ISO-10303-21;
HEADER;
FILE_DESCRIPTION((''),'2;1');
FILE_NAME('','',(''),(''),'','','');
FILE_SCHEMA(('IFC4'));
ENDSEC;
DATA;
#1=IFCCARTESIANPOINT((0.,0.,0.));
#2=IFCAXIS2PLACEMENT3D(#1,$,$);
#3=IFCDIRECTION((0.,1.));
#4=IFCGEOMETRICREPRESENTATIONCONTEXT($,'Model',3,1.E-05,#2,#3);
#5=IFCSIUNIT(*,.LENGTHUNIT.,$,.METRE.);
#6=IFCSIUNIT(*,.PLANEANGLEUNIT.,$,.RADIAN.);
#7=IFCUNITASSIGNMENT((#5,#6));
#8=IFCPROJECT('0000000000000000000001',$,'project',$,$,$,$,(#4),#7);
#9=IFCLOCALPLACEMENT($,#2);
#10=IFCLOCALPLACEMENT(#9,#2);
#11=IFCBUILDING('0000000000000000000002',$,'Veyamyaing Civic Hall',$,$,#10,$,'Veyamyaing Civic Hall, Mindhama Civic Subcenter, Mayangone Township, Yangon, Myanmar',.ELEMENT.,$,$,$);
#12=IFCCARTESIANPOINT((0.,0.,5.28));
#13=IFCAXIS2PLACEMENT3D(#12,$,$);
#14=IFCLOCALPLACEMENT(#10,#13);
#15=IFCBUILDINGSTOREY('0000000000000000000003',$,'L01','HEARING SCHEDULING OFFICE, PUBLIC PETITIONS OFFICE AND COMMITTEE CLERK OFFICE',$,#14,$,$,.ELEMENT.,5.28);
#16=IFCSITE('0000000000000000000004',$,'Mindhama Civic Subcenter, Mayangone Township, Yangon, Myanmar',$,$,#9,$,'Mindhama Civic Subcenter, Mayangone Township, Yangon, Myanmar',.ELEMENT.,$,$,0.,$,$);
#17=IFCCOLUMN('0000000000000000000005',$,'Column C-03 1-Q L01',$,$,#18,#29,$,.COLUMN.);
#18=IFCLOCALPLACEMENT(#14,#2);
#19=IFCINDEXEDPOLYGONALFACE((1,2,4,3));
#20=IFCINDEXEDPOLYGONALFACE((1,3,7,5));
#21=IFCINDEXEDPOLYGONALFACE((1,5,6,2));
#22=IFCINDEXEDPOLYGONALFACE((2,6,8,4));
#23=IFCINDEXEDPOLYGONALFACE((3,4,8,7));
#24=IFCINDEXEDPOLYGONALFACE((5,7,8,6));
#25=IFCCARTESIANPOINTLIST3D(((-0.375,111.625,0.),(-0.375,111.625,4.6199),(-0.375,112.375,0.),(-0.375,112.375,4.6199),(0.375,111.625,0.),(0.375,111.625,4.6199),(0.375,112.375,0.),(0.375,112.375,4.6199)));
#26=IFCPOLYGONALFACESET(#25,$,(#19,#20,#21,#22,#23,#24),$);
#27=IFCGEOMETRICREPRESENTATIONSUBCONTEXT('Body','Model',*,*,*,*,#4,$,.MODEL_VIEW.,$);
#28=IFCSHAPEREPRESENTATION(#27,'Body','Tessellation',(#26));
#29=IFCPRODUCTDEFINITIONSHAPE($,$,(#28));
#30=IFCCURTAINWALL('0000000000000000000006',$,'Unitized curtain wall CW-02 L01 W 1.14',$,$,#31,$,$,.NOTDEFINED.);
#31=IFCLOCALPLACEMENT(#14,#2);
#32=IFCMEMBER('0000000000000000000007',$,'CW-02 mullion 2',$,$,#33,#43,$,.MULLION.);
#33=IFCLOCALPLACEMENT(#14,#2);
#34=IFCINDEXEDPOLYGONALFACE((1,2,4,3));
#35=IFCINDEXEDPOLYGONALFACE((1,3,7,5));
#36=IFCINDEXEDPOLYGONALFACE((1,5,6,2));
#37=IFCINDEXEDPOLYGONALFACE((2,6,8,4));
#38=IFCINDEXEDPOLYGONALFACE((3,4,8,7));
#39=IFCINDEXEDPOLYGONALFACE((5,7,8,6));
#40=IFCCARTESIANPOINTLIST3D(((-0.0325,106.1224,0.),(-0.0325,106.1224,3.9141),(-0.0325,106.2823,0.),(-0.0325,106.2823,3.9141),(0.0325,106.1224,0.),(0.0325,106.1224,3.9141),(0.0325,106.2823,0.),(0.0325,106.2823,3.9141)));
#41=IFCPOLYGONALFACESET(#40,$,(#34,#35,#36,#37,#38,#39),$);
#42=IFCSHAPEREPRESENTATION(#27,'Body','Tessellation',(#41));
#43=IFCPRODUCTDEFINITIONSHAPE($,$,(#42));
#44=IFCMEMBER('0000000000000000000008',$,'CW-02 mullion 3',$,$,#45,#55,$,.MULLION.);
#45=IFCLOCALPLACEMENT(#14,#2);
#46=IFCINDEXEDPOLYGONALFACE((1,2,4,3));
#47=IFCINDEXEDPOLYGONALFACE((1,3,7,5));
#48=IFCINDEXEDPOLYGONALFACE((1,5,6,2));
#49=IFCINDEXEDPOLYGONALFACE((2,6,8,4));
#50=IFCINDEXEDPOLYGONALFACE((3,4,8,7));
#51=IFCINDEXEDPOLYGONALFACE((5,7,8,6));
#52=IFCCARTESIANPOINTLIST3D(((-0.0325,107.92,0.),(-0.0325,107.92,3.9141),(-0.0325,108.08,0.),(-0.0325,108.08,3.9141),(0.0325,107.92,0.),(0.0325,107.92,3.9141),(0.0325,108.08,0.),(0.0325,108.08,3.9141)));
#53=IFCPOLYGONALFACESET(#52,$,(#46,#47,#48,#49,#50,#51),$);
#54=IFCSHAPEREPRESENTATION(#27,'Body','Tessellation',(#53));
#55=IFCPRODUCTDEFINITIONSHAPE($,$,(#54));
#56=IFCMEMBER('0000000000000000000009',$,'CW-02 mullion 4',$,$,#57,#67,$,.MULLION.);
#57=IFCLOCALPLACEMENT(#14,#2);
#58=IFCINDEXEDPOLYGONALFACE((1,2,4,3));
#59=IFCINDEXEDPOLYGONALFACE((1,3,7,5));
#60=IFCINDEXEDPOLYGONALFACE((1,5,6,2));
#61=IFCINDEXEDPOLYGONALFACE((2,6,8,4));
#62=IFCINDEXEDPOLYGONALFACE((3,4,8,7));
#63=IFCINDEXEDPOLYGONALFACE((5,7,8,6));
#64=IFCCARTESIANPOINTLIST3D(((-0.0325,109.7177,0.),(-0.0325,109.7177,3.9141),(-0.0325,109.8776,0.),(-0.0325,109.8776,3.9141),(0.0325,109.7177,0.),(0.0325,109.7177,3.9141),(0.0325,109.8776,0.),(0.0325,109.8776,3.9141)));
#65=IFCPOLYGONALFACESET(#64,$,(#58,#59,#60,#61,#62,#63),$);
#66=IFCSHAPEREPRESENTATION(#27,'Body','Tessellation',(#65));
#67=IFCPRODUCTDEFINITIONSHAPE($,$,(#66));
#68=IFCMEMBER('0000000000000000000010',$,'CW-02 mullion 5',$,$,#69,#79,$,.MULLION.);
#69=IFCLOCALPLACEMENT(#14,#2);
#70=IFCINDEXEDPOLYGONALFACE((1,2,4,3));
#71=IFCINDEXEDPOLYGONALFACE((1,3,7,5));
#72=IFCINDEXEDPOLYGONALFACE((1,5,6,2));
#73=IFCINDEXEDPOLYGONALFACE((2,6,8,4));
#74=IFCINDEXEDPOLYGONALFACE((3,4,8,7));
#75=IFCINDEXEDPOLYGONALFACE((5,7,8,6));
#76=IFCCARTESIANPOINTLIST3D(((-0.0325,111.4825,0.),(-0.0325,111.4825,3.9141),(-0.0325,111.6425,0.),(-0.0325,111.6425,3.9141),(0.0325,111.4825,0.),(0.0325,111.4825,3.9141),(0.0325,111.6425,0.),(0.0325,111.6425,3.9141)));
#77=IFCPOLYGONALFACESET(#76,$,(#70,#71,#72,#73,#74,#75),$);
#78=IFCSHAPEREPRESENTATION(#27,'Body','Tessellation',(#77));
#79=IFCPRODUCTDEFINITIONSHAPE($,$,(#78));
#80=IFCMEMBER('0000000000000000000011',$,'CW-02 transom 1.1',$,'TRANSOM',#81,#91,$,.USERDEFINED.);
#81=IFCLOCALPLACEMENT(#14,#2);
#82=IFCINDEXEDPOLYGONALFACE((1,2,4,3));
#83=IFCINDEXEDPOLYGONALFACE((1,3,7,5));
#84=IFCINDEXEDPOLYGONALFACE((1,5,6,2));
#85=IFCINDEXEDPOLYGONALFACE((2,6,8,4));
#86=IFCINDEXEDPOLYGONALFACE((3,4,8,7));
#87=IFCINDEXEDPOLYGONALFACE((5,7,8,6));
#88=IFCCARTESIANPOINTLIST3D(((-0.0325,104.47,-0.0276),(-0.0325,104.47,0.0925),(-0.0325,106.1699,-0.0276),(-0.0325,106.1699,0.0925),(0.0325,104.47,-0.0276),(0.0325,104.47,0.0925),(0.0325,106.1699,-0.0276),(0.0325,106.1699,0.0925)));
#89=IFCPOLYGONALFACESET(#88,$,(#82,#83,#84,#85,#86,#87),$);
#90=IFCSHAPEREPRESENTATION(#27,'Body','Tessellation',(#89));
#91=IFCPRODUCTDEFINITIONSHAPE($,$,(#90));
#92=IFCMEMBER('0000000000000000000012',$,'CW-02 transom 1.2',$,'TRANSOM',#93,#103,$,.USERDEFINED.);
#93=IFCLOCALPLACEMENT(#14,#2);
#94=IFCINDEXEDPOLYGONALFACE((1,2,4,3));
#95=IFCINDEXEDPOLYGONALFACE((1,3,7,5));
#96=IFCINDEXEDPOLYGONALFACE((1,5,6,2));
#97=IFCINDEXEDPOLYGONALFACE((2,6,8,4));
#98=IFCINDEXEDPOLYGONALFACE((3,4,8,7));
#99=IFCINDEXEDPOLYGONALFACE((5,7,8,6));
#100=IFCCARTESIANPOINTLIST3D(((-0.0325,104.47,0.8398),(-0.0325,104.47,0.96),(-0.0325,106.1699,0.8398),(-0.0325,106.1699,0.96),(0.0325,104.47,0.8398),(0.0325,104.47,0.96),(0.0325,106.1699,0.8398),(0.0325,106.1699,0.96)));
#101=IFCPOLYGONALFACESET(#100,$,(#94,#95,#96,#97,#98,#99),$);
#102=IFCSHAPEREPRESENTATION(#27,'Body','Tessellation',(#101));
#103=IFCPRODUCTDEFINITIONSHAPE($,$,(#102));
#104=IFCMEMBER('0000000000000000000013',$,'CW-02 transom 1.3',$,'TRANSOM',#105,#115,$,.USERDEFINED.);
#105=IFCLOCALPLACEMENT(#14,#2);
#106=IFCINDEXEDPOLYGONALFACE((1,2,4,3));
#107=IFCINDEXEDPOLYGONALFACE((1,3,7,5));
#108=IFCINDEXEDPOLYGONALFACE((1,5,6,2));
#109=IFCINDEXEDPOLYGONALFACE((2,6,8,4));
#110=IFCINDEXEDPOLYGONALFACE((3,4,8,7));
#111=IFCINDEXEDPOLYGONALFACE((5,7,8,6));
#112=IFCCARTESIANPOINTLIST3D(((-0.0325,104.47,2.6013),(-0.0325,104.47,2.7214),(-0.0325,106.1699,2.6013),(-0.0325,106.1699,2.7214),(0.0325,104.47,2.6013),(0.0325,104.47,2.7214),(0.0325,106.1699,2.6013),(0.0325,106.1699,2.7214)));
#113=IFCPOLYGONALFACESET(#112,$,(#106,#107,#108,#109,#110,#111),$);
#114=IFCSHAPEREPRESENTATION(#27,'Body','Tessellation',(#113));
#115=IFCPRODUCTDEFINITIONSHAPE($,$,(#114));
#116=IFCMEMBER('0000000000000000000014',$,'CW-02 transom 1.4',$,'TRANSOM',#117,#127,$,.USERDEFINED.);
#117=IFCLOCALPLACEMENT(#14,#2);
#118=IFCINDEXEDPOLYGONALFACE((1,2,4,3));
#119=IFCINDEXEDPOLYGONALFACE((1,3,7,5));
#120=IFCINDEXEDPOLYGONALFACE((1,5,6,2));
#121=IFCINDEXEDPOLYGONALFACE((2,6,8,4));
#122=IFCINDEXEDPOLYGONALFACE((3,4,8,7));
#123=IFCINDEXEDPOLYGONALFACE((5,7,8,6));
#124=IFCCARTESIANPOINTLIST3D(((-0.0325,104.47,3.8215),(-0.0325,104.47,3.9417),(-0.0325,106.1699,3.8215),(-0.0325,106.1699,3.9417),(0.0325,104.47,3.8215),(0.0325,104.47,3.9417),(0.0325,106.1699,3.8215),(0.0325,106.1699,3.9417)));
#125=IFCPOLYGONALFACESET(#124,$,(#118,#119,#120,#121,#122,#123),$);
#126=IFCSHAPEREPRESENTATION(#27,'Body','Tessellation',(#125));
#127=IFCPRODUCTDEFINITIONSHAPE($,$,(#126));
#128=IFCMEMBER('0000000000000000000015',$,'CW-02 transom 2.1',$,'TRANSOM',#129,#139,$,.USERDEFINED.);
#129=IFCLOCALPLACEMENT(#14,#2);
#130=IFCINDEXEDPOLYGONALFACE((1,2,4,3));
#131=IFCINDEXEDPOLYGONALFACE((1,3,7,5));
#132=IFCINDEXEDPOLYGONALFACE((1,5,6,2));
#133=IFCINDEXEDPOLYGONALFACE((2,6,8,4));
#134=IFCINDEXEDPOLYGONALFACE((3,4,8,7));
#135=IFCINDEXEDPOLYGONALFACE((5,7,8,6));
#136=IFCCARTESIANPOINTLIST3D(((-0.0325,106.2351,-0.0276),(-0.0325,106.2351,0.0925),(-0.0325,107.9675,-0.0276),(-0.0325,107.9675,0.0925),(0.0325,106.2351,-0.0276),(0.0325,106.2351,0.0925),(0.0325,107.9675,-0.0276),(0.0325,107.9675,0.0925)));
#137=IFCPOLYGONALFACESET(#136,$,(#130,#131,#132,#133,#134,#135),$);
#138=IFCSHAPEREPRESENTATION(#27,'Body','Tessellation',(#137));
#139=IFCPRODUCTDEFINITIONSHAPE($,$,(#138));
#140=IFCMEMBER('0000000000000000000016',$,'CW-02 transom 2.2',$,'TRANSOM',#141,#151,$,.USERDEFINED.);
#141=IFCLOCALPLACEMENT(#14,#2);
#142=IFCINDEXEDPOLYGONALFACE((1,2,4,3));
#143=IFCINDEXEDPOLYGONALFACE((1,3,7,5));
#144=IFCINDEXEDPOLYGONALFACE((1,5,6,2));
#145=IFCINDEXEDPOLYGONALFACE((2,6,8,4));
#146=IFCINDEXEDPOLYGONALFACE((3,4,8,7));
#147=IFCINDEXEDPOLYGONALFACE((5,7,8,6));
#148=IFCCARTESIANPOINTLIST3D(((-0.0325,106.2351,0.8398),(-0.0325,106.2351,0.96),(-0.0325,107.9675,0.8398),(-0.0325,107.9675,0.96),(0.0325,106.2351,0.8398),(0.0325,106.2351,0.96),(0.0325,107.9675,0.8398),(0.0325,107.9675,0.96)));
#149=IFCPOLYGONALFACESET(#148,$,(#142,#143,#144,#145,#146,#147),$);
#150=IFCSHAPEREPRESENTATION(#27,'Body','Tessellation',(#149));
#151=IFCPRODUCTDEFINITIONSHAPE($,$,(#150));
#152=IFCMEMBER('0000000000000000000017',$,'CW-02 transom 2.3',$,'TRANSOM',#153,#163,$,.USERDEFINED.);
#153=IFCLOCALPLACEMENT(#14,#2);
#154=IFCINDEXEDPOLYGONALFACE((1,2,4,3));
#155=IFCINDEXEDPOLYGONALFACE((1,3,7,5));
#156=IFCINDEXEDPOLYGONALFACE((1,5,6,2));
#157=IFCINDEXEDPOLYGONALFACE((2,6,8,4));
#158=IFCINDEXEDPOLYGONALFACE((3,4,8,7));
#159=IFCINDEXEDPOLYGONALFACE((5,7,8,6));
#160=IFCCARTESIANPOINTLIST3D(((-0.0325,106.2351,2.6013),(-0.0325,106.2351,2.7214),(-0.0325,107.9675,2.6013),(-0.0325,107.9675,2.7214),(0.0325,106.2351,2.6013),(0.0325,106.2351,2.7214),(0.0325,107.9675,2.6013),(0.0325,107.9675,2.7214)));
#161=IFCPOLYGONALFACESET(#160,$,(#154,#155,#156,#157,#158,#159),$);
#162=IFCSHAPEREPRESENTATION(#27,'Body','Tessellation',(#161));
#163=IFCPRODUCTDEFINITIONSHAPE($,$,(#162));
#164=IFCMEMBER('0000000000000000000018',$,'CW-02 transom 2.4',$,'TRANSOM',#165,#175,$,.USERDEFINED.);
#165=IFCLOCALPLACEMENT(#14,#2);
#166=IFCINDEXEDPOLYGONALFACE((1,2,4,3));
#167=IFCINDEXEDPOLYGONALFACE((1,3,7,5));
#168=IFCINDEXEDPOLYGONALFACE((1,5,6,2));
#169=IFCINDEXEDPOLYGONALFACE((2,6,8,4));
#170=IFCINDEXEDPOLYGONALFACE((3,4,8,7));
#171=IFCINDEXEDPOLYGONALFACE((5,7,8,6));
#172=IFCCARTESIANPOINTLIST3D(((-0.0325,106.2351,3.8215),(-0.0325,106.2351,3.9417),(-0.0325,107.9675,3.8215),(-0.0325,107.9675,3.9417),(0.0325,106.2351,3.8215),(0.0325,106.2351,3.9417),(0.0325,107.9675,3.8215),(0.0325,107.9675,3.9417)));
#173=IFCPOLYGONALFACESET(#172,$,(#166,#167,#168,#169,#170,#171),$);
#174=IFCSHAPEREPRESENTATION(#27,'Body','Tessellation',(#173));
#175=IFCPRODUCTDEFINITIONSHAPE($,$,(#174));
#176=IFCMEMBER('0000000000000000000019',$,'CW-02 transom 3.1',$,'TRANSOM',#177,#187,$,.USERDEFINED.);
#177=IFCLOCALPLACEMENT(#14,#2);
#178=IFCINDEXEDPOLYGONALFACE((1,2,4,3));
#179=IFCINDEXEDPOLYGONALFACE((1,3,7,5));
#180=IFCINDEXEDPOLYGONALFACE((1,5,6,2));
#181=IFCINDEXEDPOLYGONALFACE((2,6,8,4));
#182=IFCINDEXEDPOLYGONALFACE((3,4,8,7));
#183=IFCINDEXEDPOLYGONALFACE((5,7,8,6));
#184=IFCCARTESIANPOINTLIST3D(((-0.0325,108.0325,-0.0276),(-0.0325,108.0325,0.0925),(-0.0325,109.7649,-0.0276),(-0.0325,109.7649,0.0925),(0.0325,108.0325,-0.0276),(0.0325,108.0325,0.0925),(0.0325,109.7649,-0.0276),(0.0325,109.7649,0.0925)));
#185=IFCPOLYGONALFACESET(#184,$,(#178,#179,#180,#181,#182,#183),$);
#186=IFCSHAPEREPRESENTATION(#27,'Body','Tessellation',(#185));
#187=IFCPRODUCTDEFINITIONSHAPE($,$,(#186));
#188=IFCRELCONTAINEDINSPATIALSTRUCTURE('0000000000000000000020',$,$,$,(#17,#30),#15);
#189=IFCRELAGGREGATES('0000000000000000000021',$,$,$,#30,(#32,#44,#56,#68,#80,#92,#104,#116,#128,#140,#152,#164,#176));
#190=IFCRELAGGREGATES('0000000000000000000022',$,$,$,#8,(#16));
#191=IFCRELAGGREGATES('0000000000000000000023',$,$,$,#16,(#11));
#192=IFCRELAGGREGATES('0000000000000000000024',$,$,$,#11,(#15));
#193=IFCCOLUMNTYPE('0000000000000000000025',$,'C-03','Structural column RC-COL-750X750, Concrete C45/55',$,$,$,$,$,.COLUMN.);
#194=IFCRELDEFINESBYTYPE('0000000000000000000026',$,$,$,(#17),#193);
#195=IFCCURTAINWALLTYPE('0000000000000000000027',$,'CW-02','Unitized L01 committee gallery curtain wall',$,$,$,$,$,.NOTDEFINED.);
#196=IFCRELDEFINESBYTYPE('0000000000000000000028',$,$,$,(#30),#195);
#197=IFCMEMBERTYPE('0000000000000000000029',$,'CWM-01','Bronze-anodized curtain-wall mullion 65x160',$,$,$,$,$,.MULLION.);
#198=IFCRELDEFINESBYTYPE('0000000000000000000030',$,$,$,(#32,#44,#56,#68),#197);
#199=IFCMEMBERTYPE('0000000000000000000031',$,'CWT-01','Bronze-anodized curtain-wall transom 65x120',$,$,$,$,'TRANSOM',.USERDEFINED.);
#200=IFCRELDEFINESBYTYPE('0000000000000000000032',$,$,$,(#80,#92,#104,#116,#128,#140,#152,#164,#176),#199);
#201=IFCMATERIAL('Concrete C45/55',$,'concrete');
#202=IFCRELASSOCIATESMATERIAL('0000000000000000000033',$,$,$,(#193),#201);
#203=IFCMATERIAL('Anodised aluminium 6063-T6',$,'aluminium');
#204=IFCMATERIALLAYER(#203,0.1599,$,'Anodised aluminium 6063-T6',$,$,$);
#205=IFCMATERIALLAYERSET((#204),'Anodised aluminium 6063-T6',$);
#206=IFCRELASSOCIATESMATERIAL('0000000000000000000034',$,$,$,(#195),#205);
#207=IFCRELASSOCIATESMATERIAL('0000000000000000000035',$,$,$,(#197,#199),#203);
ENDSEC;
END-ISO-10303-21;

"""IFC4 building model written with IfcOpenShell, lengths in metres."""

from ifc_helpers import new_model, si_unit, direction, frame, origin, origin_2d, place, context, subcontext, project, spatial, rectangle, extrude, material, layer, layer_set, material_profile, profile_set, type_object, element, aggregate, save


model = new_model("IFC4")

# Units and contexts
model_context = context("Model", 3, precision=1e-05, world=origin(), true_north=direction((0.0, 1.0)))
body_context = subcontext(model_context, "Body", "Model", "MODEL_VIEW")
ifc_project = project(units=[si_unit("LENGTHUNIT", "METRE"), si_unit("PLANEANGLEUNIT", "RADIAN")], contexts=[model_context])

# Site, building, storey
site_placement = place(None, origin())
site = spatial("IfcSite", under=ifc_project, at=site_placement, Name="Mindhama Civic Subcenter, Mayangone Township, Yangon, Myanmar", LongName="Mindhama Civic Subcenter, Mayangone Township, Yangon, Myanmar", CompositionType="ELEMENT", RefElevation=0.0)
building_placement = place(site_placement, origin())
building = spatial("IfcBuilding", under=site, at=building_placement, Name="Veyamyaing Civic Hall", LongName="Veyamyaing Civic Hall, Mindhama Civic Subcenter, Mayangone Township, Yangon, Myanmar", CompositionType="ELEMENT")
storey_placement = place(building_placement, frame((0.0, 0.0, 5.28)))
storey = spatial("IfcBuildingStorey", under=building, at=storey_placement, Name="L01", Description="HEARING SCHEDULING OFFICE, PUBLIC PETITIONS OFFICE AND COMMITTEE CLERK OFFICE", CompositionType="ELEMENT", Elevation=5.28)

# Column
ifc_material_1 = material(Name="Concrete C45/55", Category="concrete")
ifc_material_profile_1 = material_profile(ifc_material_1, rectangle(XDim=0.75, YDim=0.75, at=origin_2d()), Name="RC-COL-750X750")
ifc_profile_set_1 = profile_set([ifc_material_profile_1], Name="Concrete C45/55")
column_type = type_object("IfcColumnType", Name="C-03", Description="Structural column RC-COL-750X750, Concrete C45/55", PredefinedType="COLUMN", material=ifc_profile_set_1)
column_placement = place(storey_placement, frame((0.0, 112.0, 0.0), z_axis=(0.0, 0.0, 1.0), x_axis=(1.0, 0.0, 0.0)))
element("IfcColumn", 1, at=column_placement, inside=storey, type_object=column_type, Name="Column C-03 1-Q L01", PredefinedType="COLUMN", context=body_context, shape_type="SweptSolid", body=[
    extrude(rectangle(XDim=0.75, YDim=0.75, at=origin_2d()), origin(), (0.0, 0.0, 1.0), 4.6199),
])

# Curtain wall, members
ifc_material_2 = material(Name="Anodised aluminium 6063-T6", Category="aluminium")
ifc_layer_1 = layer(ifc_material_2, 0.1599, Name="Anodised aluminium 6063-T6")
ifc_layer_set_1 = layer_set([ifc_layer_1], Name="Anodised aluminium 6063-T6")
curtain_wall_type = type_object("IfcCurtainWallType", Name="CW-02", Description="Unitized L01 committee gallery curtain wall", PredefinedType="NOTDEFINED", material=ifc_layer_set_1)
curtain_wall_placement = place(storey_placement, origin())
curtain_wall = element("IfcCurtainWall", 2, at=curtain_wall_placement, inside=storey, type_object=curtain_wall_type, Name="Unitized curtain wall CW-02 L01 W 1.14", PredefinedType="NOTDEFINED")
ifc_material_profile_2 = material_profile(ifc_material_2, rectangle(XDim=0.0649, YDim=0.1599, at=origin_2d()), Name="ALU-MUL-65X160")
ifc_profile_set_2 = profile_set([ifc_material_profile_2], Name="Anodised aluminium 6063-T6")
member_type_1 = type_object("IfcMemberType", Name="CWM-01", Description="Bronze-anodized curtain-wall mullion 65x160", PredefinedType="MULLION", material=ifc_profile_set_2)
member_1_placement = place(storey_placement, frame((0.0, 106.2024, 0.0), z_axis=(0.0, 0.0, 1.0), x_axis=(-1.0, 0.0, 0.0)))
member_1 = element("IfcMember", 3, at=member_1_placement, type_object=member_type_1, Name="CW-02 mullion 2", PredefinedType="MULLION", context=body_context, shape_type="SweptSolid", body=[
    extrude(rectangle(XDim=0.0649, YDim=0.1599, at=origin_2d()), origin(), (0.0, 0.0, 1.0), 3.9141),
])
member_2_placement = place(storey_placement, frame((0.0, 108.0, 0.0), z_axis=(0.0, 0.0, 1.0), x_axis=(-1.0, 0.0, 0.0)))
member_2 = element("IfcMember", 4, at=member_2_placement, type_object=member_type_1, Name="CW-02 mullion 3", PredefinedType="MULLION", context=body_context, shape_type="SweptSolid", body=[
    extrude(rectangle(XDim=0.0649, YDim=0.1599, at=origin_2d()), origin(), (0.0, 0.0, 1.0), 3.9141),
])
member_3_placement = place(storey_placement, frame((0.0, 109.7976, 0.0), z_axis=(0.0, 0.0, 1.0), x_axis=(-1.0, 0.0, 0.0)))
member_3 = element("IfcMember", 5, at=member_3_placement, type_object=member_type_1, Name="CW-02 mullion 4", PredefinedType="MULLION", context=body_context, shape_type="SweptSolid", body=[
    extrude(rectangle(XDim=0.0649, YDim=0.1599, at=origin_2d()), origin(), (0.0, 0.0, 1.0), 3.9141),
])
member_4_placement = place(storey_placement, frame((0.0, 111.5625, 0.0), z_axis=(0.0, 0.0, 1.0), x_axis=(-1.0, 0.0, 0.0)))
member_4 = element("IfcMember", 6, at=member_4_placement, type_object=member_type_1, Name="CW-02 mullion 5", PredefinedType="MULLION", context=body_context, shape_type="SweptSolid", body=[
    extrude(rectangle(XDim=0.0649, YDim=0.1599, at=origin_2d()), origin(), (0.0, 0.0, 1.0), 3.9141),
])
ifc_material_profile_3 = material_profile(ifc_material_2, rectangle(XDim=0.0649, YDim=0.1201, at=origin_2d()), Name="ALU-TRN-65X120")
ifc_profile_set_3 = profile_set([ifc_material_profile_3], Name="Anodised aluminium 6063-T6")
member_type_2 = type_object("IfcMemberType", Name="CWT-01", Description="Bronze-anodized curtain-wall transom 65x120", ElementType="TRANSOM", PredefinedType="USERDEFINED", material=ifc_profile_set_3)
member_5_placement = place(storey_placement, frame((0.0, 104.47, 0.0325), z_axis=(0.0, 1.0, 0.0), x_axis=(-1.0, 0.0, 0.0)))
member_5 = element("IfcMember", 7, at=member_5_placement, type_object=member_type_2, Name="CW-02 transom 1.1", ObjectType="TRANSOM", PredefinedType="USERDEFINED", context=body_context, shape_type="SweptSolid", body=[
    extrude(rectangle(XDim=0.0649, YDim=0.1201, at=origin_2d()), origin(), (0.0, 0.0, 1.0), 1.7),
])
member_6_placement = place(storey_placement, frame((0.0, 104.47, 0.8999), z_axis=(0.0, 1.0, 0.0), x_axis=(-1.0, 0.0, 0.0)))
member_6 = element("IfcMember", 8, at=member_6_placement, type_object=member_type_2, Name="CW-02 transom 1.2", ObjectType="TRANSOM", PredefinedType="USERDEFINED", context=body_context, shape_type="SweptSolid", body=[
    extrude(rectangle(XDim=0.0649, YDim=0.1201, at=origin_2d()), origin(), (0.0, 0.0, 1.0), 1.7),
])
member_7_placement = place(storey_placement, frame((0.0, 104.47, 2.6614), z_axis=(0.0, 1.0, 0.0), x_axis=(-1.0, 0.0, 0.0)))
member_7 = element("IfcMember", 9, at=member_7_placement, type_object=member_type_2, Name="CW-02 transom 1.3", ObjectType="TRANSOM", PredefinedType="USERDEFINED", context=body_context, shape_type="SweptSolid", body=[
    extrude(rectangle(XDim=0.0649, YDim=0.1201, at=origin_2d()), origin(), (0.0, 0.0, 1.0), 1.7),
])
member_8_placement = place(storey_placement, frame((0.0, 104.47, 3.8816), z_axis=(0.0, 1.0, 0.0), x_axis=(-1.0, 0.0, 0.0)))
member_8 = element("IfcMember", 10, at=member_8_placement, type_object=member_type_2, Name="CW-02 transom 1.4", ObjectType="TRANSOM", PredefinedType="USERDEFINED", context=body_context, shape_type="SweptSolid", body=[
    extrude(rectangle(XDim=0.0649, YDim=0.1201, at=origin_2d()), origin(), (0.0, 0.0, 1.0), 1.7),
])
member_9_placement = place(storey_placement, frame((0.0, 106.2351, 0.0325), z_axis=(0.0, 1.0, 0.0), x_axis=(-1.0, 0.0, 0.0)))
member_9 = element("IfcMember", 11, at=member_9_placement, type_object=member_type_2, Name="CW-02 transom 2.1", ObjectType="TRANSOM", PredefinedType="USERDEFINED", context=body_context, shape_type="SweptSolid", body=[
    extrude(rectangle(XDim=0.0649, YDim=0.1201, at=origin_2d()), origin(), (0.0, 0.0, 1.0), 1.7324),
])
member_10_placement = place(storey_placement, frame((0.0, 106.2351, 0.8999), z_axis=(0.0, 1.0, 0.0), x_axis=(-1.0, 0.0, 0.0)))
member_10 = element("IfcMember", 12, at=member_10_placement, type_object=member_type_2, Name="CW-02 transom 2.2", ObjectType="TRANSOM", PredefinedType="USERDEFINED", context=body_context, shape_type="SweptSolid", body=[
    extrude(rectangle(XDim=0.0649, YDim=0.1201, at=origin_2d()), origin(), (0.0, 0.0, 1.0), 1.7324),
])
member_11_placement = place(storey_placement, frame((0.0, 106.2351, 2.6614), z_axis=(0.0, 1.0, 0.0), x_axis=(-1.0, 0.0, 0.0)))
member_11 = element("IfcMember", 13, at=member_11_placement, type_object=member_type_2, Name="CW-02 transom 2.3", ObjectType="TRANSOM", PredefinedType="USERDEFINED", context=body_context, shape_type="SweptSolid", body=[
    extrude(rectangle(XDim=0.0649, YDim=0.1201, at=origin_2d()), origin(), (0.0, 0.0, 1.0), 1.7324),
])
member_12_placement = place(storey_placement, frame((0.0, 106.2351, 3.8816), z_axis=(0.0, 1.0, 0.0), x_axis=(-1.0, 0.0, 0.0)))
member_12 = element("IfcMember", 14, at=member_12_placement, type_object=member_type_2, Name="CW-02 transom 2.4", ObjectType="TRANSOM", PredefinedType="USERDEFINED", context=body_context, shape_type="SweptSolid", body=[
    extrude(rectangle(XDim=0.0649, YDim=0.1201, at=origin_2d()), origin(), (0.0, 0.0, 1.0), 1.7324),
])
member_13_placement = place(storey_placement, frame((0.0, 108.0325, 0.0325), z_axis=(0.0, 1.0, 0.0), x_axis=(-1.0, 0.0, 0.0)))
member_13 = element("IfcMember", 15, at=member_13_placement, type_object=member_type_2, Name="CW-02 transom 3.1", ObjectType="TRANSOM", PredefinedType="USERDEFINED", context=body_context, shape_type="SweptSolid", body=[
    extrude(rectangle(XDim=0.0649, YDim=0.1201, at=origin_2d()), origin(), (0.0, 0.0, 1.0), 1.7324),
])

aggregate(curtain_wall, [member_1, member_2, member_3, member_4, member_5, member_6, member_7, member_8, member_9, member_10, member_11, member_12, member_13])

save(model, "model.ifc")
